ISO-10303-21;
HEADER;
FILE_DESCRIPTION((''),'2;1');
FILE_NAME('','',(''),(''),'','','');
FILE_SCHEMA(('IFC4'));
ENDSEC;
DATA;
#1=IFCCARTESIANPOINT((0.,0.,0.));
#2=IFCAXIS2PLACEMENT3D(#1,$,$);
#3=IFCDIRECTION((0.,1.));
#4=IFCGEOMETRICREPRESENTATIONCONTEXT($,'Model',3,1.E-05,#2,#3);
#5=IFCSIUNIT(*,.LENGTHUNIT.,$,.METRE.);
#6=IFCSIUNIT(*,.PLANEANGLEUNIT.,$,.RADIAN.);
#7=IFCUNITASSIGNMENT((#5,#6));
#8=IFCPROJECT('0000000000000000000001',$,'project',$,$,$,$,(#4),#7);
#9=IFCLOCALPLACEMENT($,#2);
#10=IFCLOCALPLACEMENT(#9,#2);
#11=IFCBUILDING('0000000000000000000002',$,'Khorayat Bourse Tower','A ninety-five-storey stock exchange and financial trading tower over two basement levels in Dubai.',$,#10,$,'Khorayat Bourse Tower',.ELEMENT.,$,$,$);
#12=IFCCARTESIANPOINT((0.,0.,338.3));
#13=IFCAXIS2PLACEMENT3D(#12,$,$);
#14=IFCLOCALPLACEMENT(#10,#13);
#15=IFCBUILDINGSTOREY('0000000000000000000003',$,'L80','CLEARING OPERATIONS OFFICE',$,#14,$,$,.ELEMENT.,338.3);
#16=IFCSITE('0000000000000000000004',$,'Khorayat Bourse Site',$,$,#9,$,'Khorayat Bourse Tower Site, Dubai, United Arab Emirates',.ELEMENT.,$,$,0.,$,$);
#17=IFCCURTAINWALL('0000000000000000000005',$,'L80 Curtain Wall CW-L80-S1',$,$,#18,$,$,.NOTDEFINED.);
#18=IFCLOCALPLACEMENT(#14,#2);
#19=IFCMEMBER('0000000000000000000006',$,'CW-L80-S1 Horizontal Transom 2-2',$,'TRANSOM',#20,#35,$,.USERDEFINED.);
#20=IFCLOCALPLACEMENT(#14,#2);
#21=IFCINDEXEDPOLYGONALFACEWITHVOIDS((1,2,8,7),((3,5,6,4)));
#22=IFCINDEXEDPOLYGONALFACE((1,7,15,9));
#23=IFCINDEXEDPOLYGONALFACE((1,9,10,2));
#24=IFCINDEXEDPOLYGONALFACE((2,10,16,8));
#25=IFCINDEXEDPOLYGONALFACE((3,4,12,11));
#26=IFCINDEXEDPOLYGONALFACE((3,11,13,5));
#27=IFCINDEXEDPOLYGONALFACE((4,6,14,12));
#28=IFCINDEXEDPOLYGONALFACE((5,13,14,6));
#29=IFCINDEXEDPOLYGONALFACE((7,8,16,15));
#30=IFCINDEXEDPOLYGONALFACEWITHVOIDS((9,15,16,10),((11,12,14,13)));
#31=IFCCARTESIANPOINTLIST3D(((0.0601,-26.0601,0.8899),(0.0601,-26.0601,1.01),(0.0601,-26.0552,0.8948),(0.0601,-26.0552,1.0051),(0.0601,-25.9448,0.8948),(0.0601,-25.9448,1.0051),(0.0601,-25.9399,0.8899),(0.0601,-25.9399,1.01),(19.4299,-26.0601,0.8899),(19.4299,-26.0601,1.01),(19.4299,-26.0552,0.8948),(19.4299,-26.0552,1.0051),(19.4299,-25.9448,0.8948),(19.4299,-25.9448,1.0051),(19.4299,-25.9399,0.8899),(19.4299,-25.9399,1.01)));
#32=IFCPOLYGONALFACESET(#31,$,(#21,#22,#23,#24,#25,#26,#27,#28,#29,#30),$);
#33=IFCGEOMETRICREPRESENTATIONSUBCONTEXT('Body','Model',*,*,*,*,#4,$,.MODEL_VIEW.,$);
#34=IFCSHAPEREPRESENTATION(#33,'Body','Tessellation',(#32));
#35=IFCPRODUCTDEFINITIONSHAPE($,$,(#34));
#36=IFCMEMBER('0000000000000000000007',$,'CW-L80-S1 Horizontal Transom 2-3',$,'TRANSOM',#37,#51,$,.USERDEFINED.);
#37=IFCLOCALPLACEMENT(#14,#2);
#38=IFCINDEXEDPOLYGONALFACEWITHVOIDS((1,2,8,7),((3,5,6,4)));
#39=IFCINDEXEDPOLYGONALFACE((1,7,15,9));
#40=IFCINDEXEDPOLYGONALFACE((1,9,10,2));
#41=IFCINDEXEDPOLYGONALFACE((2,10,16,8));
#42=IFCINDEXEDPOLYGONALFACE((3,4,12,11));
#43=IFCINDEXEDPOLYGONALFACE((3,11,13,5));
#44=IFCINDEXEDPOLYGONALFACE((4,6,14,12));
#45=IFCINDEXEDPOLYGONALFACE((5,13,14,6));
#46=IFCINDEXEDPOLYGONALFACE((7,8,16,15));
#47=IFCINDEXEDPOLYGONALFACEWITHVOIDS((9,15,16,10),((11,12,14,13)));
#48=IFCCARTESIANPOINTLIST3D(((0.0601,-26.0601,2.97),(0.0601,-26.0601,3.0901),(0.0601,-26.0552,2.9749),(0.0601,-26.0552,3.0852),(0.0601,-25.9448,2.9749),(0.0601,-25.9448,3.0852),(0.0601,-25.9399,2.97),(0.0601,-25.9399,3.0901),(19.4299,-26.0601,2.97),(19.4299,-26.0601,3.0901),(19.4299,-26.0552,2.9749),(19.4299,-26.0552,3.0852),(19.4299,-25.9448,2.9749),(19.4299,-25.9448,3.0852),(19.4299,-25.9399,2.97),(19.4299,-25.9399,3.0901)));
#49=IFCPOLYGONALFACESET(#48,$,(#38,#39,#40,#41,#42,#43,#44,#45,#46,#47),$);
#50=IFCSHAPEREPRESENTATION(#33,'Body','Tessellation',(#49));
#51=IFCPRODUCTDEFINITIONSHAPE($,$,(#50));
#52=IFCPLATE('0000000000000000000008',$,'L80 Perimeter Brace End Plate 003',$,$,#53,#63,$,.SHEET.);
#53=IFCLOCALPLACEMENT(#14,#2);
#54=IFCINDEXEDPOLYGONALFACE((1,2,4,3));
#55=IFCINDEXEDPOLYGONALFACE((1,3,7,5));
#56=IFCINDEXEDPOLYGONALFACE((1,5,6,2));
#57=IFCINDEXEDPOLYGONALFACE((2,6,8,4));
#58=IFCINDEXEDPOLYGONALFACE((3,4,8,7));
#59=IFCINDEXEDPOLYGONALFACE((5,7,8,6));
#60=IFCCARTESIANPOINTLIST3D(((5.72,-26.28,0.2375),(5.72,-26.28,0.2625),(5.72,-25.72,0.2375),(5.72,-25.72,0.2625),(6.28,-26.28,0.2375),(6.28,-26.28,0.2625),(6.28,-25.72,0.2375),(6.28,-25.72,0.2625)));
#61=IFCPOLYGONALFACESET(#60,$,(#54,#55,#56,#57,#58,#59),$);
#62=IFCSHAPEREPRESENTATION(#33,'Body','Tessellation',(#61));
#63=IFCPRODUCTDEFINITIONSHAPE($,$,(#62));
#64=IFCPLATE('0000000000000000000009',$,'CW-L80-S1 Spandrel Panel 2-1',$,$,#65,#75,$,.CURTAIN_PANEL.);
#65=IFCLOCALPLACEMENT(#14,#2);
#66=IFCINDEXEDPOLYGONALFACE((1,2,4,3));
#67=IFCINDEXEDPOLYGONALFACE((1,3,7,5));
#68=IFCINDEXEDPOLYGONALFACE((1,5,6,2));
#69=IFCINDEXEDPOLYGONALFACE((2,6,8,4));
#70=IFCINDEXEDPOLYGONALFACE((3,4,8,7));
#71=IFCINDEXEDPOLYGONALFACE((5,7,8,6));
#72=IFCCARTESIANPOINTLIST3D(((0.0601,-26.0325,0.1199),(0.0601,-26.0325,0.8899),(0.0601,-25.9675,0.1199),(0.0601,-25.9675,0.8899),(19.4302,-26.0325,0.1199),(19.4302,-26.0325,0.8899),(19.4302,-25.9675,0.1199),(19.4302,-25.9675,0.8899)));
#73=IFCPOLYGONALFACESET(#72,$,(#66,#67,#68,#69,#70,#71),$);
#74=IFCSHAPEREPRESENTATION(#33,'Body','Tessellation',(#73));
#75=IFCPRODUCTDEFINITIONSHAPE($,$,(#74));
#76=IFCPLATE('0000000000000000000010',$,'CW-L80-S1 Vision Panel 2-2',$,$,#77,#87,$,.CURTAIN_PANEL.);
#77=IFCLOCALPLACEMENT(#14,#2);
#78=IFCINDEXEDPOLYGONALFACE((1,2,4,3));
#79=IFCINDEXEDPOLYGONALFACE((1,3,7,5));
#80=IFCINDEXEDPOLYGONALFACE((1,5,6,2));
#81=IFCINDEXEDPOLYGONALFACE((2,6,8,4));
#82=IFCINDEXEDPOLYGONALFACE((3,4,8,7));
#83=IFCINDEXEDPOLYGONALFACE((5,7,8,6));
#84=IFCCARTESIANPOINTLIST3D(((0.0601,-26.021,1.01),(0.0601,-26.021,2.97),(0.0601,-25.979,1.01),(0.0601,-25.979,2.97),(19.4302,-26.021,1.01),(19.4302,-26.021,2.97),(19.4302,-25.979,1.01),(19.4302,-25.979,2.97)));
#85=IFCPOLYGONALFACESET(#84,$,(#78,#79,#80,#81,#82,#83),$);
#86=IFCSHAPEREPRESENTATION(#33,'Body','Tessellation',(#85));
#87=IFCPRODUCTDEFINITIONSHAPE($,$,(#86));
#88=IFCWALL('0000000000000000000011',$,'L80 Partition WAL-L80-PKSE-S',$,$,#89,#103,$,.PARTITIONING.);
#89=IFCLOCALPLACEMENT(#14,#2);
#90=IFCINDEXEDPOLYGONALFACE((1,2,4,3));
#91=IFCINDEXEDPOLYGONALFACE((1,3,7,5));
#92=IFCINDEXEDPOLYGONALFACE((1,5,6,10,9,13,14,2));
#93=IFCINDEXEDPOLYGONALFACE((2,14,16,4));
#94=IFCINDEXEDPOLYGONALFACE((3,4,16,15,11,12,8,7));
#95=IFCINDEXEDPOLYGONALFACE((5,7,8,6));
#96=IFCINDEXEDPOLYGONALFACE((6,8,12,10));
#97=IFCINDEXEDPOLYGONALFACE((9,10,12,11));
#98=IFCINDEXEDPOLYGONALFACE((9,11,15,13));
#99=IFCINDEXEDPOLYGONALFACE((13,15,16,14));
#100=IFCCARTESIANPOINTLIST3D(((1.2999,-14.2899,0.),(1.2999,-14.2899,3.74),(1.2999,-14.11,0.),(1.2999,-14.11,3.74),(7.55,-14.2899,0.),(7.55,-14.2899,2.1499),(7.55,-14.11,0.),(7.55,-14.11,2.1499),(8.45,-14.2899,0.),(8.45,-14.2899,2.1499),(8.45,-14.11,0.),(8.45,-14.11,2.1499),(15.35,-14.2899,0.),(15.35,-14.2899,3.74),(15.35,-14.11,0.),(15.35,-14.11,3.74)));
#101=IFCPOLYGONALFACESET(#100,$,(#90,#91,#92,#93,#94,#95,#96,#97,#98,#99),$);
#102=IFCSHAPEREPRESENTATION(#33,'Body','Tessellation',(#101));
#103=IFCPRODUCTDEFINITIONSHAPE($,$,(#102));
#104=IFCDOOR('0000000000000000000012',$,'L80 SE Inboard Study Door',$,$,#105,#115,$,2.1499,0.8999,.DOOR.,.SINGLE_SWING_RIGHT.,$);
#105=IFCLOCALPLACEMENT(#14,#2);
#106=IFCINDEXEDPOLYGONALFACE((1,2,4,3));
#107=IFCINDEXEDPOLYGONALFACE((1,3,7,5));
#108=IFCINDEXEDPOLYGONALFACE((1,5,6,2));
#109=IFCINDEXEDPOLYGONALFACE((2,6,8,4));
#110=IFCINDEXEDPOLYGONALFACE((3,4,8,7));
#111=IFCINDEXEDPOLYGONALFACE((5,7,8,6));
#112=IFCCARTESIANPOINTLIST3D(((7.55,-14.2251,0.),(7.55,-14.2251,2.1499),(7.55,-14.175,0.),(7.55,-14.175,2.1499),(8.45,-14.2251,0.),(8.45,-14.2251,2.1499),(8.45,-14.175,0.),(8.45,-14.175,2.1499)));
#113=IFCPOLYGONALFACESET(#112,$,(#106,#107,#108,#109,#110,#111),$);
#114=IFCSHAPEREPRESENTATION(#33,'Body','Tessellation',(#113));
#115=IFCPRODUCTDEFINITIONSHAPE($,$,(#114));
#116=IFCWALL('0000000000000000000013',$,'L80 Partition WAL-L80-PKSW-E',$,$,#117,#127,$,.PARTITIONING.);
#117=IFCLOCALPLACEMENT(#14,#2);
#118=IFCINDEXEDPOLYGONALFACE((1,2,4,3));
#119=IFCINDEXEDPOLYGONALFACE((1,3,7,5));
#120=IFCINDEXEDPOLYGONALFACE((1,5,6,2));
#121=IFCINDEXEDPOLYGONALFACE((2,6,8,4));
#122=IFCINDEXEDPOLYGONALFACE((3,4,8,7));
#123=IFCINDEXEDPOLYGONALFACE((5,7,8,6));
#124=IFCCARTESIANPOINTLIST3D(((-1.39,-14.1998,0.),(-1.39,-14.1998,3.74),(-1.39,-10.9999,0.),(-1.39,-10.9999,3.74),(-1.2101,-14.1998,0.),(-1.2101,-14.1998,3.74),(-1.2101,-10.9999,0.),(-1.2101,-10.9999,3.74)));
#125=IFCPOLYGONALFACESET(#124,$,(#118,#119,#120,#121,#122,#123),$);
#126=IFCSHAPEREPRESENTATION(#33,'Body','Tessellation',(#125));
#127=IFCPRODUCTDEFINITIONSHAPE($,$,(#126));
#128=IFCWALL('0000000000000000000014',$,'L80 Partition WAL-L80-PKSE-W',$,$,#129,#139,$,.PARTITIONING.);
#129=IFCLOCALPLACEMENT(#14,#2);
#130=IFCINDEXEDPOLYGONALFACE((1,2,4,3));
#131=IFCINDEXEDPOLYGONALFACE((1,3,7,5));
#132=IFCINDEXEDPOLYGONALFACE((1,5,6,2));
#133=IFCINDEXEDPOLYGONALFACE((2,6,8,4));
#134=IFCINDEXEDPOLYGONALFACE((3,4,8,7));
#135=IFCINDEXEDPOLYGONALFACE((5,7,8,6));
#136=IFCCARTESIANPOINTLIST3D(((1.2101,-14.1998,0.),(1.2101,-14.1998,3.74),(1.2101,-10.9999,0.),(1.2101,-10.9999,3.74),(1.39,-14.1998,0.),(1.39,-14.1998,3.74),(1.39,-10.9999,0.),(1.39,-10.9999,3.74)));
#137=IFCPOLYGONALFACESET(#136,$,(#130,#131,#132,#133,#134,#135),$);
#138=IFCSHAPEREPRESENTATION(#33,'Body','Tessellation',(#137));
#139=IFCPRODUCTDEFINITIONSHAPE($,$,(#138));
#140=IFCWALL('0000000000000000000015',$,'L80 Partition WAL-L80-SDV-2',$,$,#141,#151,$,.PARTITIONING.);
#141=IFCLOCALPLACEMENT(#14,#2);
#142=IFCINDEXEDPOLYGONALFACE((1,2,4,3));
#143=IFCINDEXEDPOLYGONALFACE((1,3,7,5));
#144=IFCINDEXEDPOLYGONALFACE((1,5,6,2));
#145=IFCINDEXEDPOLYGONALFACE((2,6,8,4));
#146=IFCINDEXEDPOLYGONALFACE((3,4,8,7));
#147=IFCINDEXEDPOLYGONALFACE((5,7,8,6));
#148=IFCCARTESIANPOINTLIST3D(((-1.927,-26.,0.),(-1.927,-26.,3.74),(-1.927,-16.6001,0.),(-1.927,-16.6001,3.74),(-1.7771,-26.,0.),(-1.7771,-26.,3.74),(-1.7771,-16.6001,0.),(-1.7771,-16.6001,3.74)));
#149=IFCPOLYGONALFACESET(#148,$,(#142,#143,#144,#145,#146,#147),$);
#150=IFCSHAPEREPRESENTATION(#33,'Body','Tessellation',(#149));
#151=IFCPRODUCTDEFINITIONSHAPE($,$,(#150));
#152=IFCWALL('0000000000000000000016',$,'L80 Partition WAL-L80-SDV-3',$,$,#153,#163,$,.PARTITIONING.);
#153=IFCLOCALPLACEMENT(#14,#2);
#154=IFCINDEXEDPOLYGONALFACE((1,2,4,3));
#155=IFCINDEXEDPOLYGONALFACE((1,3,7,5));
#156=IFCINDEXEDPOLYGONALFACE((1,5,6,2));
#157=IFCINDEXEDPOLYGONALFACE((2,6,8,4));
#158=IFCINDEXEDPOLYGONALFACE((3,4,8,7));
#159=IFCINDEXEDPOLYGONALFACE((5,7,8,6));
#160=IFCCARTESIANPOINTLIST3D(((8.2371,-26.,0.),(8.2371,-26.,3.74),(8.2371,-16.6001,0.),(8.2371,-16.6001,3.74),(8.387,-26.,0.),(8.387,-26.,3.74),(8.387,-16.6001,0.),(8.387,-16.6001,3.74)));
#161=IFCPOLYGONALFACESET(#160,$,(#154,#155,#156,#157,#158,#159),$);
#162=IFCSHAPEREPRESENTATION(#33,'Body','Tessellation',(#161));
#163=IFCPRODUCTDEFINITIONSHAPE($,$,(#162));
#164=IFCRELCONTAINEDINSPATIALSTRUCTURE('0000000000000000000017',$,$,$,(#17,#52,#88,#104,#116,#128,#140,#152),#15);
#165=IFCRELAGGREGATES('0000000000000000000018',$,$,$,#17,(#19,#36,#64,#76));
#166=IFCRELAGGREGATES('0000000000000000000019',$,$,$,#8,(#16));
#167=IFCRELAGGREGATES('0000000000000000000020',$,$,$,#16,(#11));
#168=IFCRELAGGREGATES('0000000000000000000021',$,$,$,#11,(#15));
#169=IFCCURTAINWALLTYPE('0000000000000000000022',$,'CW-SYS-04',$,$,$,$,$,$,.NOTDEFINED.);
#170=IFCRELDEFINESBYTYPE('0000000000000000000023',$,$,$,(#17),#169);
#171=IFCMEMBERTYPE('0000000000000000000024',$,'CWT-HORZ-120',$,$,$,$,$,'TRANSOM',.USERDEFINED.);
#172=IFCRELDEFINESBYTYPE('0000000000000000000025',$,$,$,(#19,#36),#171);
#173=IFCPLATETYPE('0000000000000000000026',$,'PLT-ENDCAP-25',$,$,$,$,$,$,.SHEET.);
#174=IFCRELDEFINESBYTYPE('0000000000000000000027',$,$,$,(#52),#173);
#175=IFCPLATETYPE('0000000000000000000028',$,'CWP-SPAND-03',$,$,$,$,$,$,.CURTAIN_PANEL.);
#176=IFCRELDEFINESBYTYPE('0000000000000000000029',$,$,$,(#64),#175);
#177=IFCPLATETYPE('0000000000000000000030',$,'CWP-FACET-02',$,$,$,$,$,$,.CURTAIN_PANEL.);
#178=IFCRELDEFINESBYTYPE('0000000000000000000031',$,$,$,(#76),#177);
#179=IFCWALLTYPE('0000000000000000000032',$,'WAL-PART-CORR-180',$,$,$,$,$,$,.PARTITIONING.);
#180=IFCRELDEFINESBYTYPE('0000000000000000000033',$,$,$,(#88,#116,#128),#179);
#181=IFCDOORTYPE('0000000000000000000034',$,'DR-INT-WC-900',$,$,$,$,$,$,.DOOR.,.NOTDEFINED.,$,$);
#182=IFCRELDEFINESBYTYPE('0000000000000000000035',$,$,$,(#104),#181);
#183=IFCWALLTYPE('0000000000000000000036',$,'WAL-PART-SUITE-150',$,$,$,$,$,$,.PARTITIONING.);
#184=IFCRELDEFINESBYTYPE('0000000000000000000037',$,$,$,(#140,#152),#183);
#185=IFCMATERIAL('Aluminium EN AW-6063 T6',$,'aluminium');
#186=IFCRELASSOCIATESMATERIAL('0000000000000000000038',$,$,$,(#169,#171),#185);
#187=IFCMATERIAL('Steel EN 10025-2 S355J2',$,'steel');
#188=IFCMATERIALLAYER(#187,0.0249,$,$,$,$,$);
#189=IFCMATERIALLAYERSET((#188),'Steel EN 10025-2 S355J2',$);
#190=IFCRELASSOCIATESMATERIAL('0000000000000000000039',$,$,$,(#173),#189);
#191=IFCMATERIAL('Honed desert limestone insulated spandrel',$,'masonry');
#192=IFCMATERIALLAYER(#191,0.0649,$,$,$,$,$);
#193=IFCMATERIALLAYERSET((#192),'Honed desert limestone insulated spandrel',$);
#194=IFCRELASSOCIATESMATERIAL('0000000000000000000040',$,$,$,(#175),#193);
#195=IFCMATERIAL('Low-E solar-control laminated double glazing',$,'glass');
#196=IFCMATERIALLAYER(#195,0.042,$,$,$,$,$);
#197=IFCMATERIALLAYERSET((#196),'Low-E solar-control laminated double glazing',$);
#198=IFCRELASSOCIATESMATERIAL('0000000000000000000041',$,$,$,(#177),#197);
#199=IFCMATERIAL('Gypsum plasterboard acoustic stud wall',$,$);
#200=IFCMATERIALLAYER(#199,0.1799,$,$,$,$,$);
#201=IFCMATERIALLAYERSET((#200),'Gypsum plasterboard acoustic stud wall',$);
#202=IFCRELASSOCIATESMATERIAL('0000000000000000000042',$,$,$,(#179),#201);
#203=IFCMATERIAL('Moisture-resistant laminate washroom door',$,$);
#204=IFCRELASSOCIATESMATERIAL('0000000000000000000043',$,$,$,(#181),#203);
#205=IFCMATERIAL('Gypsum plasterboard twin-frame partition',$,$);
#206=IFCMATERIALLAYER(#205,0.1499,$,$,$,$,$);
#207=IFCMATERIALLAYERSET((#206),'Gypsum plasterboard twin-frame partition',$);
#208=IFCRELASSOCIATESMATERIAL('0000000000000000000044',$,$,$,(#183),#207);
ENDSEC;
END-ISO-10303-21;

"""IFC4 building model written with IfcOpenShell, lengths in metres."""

from ifc_helpers import new_model, si_unit, direction, frame, frame_2d, origin, origin_2d, place, context, subcontext, project, spatial, rectangle, hollow_rectangle, extrude, source, transform, mapped, material, layer, layer_set, material_profile, profile_set, type_object, element, fill, aggregate, save


model = new_model("IFC4")

# Units and contexts
model_context = context("Model", 3, precision=1e-05, world=origin(), true_north=direction((0.0, 1.0)))
body_context = subcontext(model_context, "Body", "Model", "MODEL_VIEW")
ifc_project = project(units=[si_unit("LENGTHUNIT", "METRE"), si_unit("PLANEANGLEUNIT", "RADIAN")], contexts=[model_context])

# Site, building, storey
site_placement = place(None, origin())
site = spatial("IfcSite", under=ifc_project, at=site_placement, Name="Khorayat Bourse Site", LongName="Khorayat Bourse Tower Site, Dubai, United Arab Emirates", CompositionType="ELEMENT", RefElevation=0.0)
building_placement = place(site_placement, origin())
building = spatial("IfcBuilding", under=site, at=building_placement, Name="Khorayat Bourse Tower", Description="A ninety-five-storey stock exchange and financial trading tower over two basement levels in Dubai.", LongName="Khorayat Bourse Tower", CompositionType="ELEMENT")
storey_placement = place(building_placement, frame((0.0, 0.0, 338.3)))
storey = spatial("IfcBuildingStorey", under=building, at=storey_placement, Name="L80", Description="CLEARING OPERATIONS OFFICE", CompositionType="ELEMENT", Elevation=338.3)

# Shared definitions
ifc_material_1 = material(Name="Steel EN 10025-2 S355J2", Category="steel")

# Curtain wall, members
ifc_material_2 = material(Name="Aluminium EN AW-6063 T6", Category="aluminium")
curtain_wall_type = type_object("IfcCurtainWallType", Name="CW-SYS-04", PredefinedType="NOTDEFINED", material=ifc_material_2)
curtain_wall_placement = place(storey_placement, origin())
curtain_wall = element("IfcCurtainWall", 1, at=curtain_wall_placement, inside=storey, type_object=curtain_wall_type, Name="L80 Curtain Wall CW-L80-S1", PredefinedType="NOTDEFINED")
ifc_material_profile_1 = material_profile(ifc_material_2, hollow_rectangle(XDim=0.1201, YDim=0.1201, WallThickness=0.0049, at=origin_2d()), Name="ALU 120x120x5")
ifc_profile_set_1 = profile_set([ifc_material_profile_1], Name="Aluminium EN AW-6063 T6")
member_type_1 = type_object("IfcMemberType", Name="CWT-HORZ-120", ElementType="TRANSOM", PredefinedType="USERDEFINED", material=ifc_profile_set_1)
shared_shape_1 = source(origin(), body_context, "Body", "SweptSolid", [
    extrude(hollow_rectangle(XDim=0.1201, YDim=0.1201, WallThickness=0.0049, at=origin_2d()), origin(), (0.0, 0.0, 1.0), 19.3699),
])
member_1_placement = place(storey_placement, frame((0.0601, -26.0, 0.95), z_axis=(1.0, 0.0, 0.0), x_axis=(0.0, 1.0, 0.0)))
member_1 = element("IfcMember", 2, at=member_1_placement, type_object=member_type_1, Name="CW-L80-S1 Horizontal Transom 2-2", ObjectType="TRANSOM", PredefinedType="USERDEFINED", context=body_context, shape_type="MappedRepresentation", body=[
    mapped(shared_shape_1, transform((0.0, 0.0, 0.0), scale=1.0)),
])
member_2_placement = place(storey_placement, frame((0.0601, -26.0, 3.03), z_axis=(1.0, 0.0, 0.0), x_axis=(0.0, 1.0, 0.0)))
member_2 = element("IfcMember", 3, at=member_2_placement, type_object=member_type_1, Name="CW-L80-S1 Horizontal Transom 2-3", ObjectType="TRANSOM", PredefinedType="USERDEFINED", context=body_context, shape_type="MappedRepresentation", body=[
    mapped(shared_shape_1, transform((0.0, 0.0, 0.0), scale=1.0)),
])

# Plates
ifc_layer_1 = layer(ifc_material_1, 0.0249)
ifc_layer_set_1 = layer_set([ifc_layer_1], Name="Steel EN 10025-2 S355J2")
plate_type_1 = type_object("IfcPlateType", Name="PLT-ENDCAP-25", PredefinedType="SHEET", material=ifc_layer_set_1)
shared_shape_2 = source(origin(), body_context, "Body", "SweptSolid", [
    extrude(rectangle(XDim=0.5601, YDim=0.5601, at=origin_2d()), origin(), (0.0, 0.0, 1.0), 0.0249),
])
plate_1_placement = place(storey_placement, frame((6.0, -26.0, 0.2375), z_axis=(0.0, 0.0, 1.0), x_axis=(1.0, 0.0, 0.0)))
element("IfcPlate", 4, at=plate_1_placement, inside=storey, type_object=plate_type_1, Name="L80 Perimeter Brace End Plate 003", PredefinedType="SHEET", context=body_context, shape_type="MappedRepresentation", body=[
    mapped(shared_shape_2, transform((0.0, 0.0, 0.0), scale=1.0)),
])
ifc_material_3 = material(Name="Honed desert limestone insulated spandrel", Category="masonry")
ifc_layer_2 = layer(ifc_material_3, 0.0649)
ifc_layer_set_2 = layer_set([ifc_layer_2], Name="Honed desert limestone insulated spandrel")
plate_type_2 = type_object("IfcPlateType", Name="CWP-SPAND-03", PredefinedType="CURTAIN_PANEL", material=ifc_layer_set_2)
shared_shape_3 = source(origin(), body_context, "Body", "SweptSolid", [
    extrude(rectangle(XDim=19.3701, YDim=0.0649, at=origin_2d()), origin(), (0.0, 0.0, 1.0), 0.77),
])
plate_2_placement = place(storey_placement, frame((9.7451, -26.0, 0.1199), z_axis=(0.0, 0.0, 1.0), x_axis=(1.0, 0.0, 0.0)))
plate_2 = element("IfcPlate", 5, at=plate_2_placement, type_object=plate_type_2, Name="CW-L80-S1 Spandrel Panel 2-1", PredefinedType="CURTAIN_PANEL", context=body_context, shape_type="MappedRepresentation", body=[
    mapped(shared_shape_3, transform((0.0, 0.0, 0.0), scale=1.0)),
])
ifc_material_4 = material(Name="Low-E solar-control laminated double glazing", Category="glass")
ifc_layer_3 = layer(ifc_material_4, 0.042)
ifc_layer_set_3 = layer_set([ifc_layer_3], Name="Low-E solar-control laminated double glazing")
plate_type_3 = type_object("IfcPlateType", Name="CWP-FACET-02", PredefinedType="CURTAIN_PANEL", material=ifc_layer_set_3)
shared_shape_4 = source(origin(), body_context, "Body", "SweptSolid", [
    extrude(rectangle(XDim=19.3701, YDim=0.042, at=origin_2d()), origin(), (0.0, 0.0, 1.0), 1.96),
])
plate_3_placement = place(storey_placement, frame((9.7451, -26.0, 1.01), z_axis=(0.0, 0.0, 1.0), x_axis=(1.0, 0.0, 0.0)))
plate_3 = element("IfcPlate", 6, at=plate_3_placement, type_object=plate_type_3, Name="CW-L80-S1 Vision Panel 2-2", PredefinedType="CURTAIN_PANEL", context=body_context, shape_type="MappedRepresentation", body=[
    mapped(shared_shape_4, transform((0.0, 0.0, 0.0), scale=1.0)),
])
aggregate(curtain_wall, [member_1, member_2, plate_2, plate_3])

# Wall, opening, door
ifc_material_5 = material(Name="Gypsum plasterboard acoustic stud wall")
ifc_layer_4 = layer(ifc_material_5, 0.1799)
ifc_layer_set_4 = layer_set([ifc_layer_4], Name="Gypsum plasterboard acoustic stud wall")
wall_type_1 = type_object("IfcWallType", Name="WAL-PART-CORR-180", PredefinedType="PARTITIONING", material=ifc_layer_set_4)
shared_shape_5 = source(origin(), body_context, "Body", "SweptSolid", [
    extrude(rectangle(XDim=14.05, YDim=0.1799, at=frame_2d((7.0249, 0.0))), origin(), (0.0, 0.0, 1.0), 3.74),
])
wall_placement = place(storey_placement, frame((1.3, -14.2, 0.0), z_axis=(0.0, 0.0, 1.0), x_axis=(1.0, 0.0, 0.0)))
wall = element("IfcWall", 7, at=wall_placement, inside=storey, type_object=wall_type_1, Name="L80 Partition WAL-L80-PKSE-S", PredefinedType="PARTITIONING", context=body_context, shape_type="MappedRepresentation", body=[
    mapped(shared_shape_5, transform((0.0, 0.0, 0.0), scale=1.0)),
])
shared_shape_6 = source(origin(), body_context, "Body", "SweptSolid", [
    extrude(rectangle(XDim=0.8999, YDim=2.1499, at=frame_2d((0.45, 1.075))), frame((0.0, 0.0999, 0.0), z_axis=(0.0, -1.0, 0.0), x_axis=(1.0, 0.0, 0.0)), (0.0, 0.0, 1.0), 0.2),
])
opening_placement = place(wall_placement, frame((6.25, 0.0, 0.0)))
opening = element("IfcOpeningElement", 8, at=opening_placement, cuts=wall, PredefinedType="OPENING", context=body_context, shape_type="MappedRepresentation", body=[
    mapped(shared_shape_6, transform((0.0, 0.0, 0.0), scale=1.0)),
])
ifc_material_6 = material(Name="Moisture-resistant laminate washroom door")
door_type = type_object("IfcDoorType", Name="DR-INT-WC-900", OperationType="NOTDEFINED", PredefinedType="DOOR", material=ifc_material_6)
shared_shape_7 = source(origin(), body_context, "Body", "SweptSolid", [
    extrude(rectangle(XDim=0.8999, YDim=2.1499, at=frame_2d((0.45, 1.075))), frame((0.0, 0.0249, 0.0), z_axis=(0.0, -1.0, 0.0), x_axis=(1.0, 0.0, 0.0)), (0.0, 0.0, 1.0), 0.05),
])
door_placement = place(opening_placement, origin())
door = element("IfcDoor", 9, at=door_placement, inside=storey, type_object=door_type, Name="L80 SE Inboard Study Door", OperationType="SINGLE_SWING_RIGHT", OverallHeight=2.1499, OverallWidth=0.8999, PredefinedType="DOOR", context=body_context, shape_type="MappedRepresentation", body=[
    mapped(shared_shape_7, transform((0.0, 0.0, 0.0), scale=1.0)),
])
fill(opening, door)

# Walls
shared_shape_8 = source(origin(), body_context, "Body", "SweptSolid", [
    extrude(rectangle(XDim=3.2, YDim=0.1799, at=frame_2d((1.6001, 0.0))), origin(), (0.0, 0.0, 1.0), 3.74),
])
for number, where, z_axis, x_axis, name in (
    (10, (-1.3, -14.2, 0.0), (0.0, 0.0, 1.0), (0.0, 1.0, 0.0), "L80 Partition WAL-L80-PKSW-E"),
    (11, (1.3, -14.2, 0.0), (0.0, 0.0, 1.0), (0.0, 1.0, 0.0), "L80 Partition WAL-L80-PKSE-W"),
):
    element("IfcWall", number, at=place(storey_placement, frame(where, z_axis=z_axis, x_axis=x_axis)), inside=storey, type_object=wall_type_1, Name=name, PredefinedType="PARTITIONING", context=body_context, shape_type="MappedRepresentation", body=[
        mapped(shared_shape_8, transform((0.0, 0.0, 0.0), scale=1.0)),
    ])
ifc_material_7 = material(Name="Gypsum plasterboard twin-frame partition")
ifc_layer_5 = layer(ifc_material_7, 0.1499)
ifc_layer_set_5 = layer_set([ifc_layer_5], Name="Gypsum plasterboard twin-frame partition")
wall_type_2 = type_object("IfcWallType", Name="WAL-PART-SUITE-150", PredefinedType="PARTITIONING", material=ifc_layer_set_5)
shared_shape_9 = source(origin(), body_context, "Body", "SweptSolid", [
    extrude(rectangle(XDim=9.3999, YDim=0.1499, at=frame_2d((4.7, 0.0))), origin(), (0.0, 0.0, 1.0), 3.74),
])
for number, where, z_axis, x_axis, name in (
    (12, (-1.8521, -26.0, 0.0), (0.0, 0.0, 1.0), (0.0, 1.0, 0.0), "L80 Partition WAL-L80-SDV-2"),
    (13, (8.312, -26.0, 0.0), (0.0, 0.0, 1.0), (0.0, 1.0, 0.0), "L80 Partition WAL-L80-SDV-3"),
):
    element("IfcWall", number, at=place(storey_placement, frame(where, z_axis=z_axis, x_axis=x_axis)), inside=storey, type_object=wall_type_2, Name=name, PredefinedType="PARTITIONING", context=body_context, shape_type="MappedRepresentation", body=[
        mapped(shared_shape_9, transform((0.0, 0.0, 0.0), scale=1.0)),
    ])

save(model, "model.ifc")
